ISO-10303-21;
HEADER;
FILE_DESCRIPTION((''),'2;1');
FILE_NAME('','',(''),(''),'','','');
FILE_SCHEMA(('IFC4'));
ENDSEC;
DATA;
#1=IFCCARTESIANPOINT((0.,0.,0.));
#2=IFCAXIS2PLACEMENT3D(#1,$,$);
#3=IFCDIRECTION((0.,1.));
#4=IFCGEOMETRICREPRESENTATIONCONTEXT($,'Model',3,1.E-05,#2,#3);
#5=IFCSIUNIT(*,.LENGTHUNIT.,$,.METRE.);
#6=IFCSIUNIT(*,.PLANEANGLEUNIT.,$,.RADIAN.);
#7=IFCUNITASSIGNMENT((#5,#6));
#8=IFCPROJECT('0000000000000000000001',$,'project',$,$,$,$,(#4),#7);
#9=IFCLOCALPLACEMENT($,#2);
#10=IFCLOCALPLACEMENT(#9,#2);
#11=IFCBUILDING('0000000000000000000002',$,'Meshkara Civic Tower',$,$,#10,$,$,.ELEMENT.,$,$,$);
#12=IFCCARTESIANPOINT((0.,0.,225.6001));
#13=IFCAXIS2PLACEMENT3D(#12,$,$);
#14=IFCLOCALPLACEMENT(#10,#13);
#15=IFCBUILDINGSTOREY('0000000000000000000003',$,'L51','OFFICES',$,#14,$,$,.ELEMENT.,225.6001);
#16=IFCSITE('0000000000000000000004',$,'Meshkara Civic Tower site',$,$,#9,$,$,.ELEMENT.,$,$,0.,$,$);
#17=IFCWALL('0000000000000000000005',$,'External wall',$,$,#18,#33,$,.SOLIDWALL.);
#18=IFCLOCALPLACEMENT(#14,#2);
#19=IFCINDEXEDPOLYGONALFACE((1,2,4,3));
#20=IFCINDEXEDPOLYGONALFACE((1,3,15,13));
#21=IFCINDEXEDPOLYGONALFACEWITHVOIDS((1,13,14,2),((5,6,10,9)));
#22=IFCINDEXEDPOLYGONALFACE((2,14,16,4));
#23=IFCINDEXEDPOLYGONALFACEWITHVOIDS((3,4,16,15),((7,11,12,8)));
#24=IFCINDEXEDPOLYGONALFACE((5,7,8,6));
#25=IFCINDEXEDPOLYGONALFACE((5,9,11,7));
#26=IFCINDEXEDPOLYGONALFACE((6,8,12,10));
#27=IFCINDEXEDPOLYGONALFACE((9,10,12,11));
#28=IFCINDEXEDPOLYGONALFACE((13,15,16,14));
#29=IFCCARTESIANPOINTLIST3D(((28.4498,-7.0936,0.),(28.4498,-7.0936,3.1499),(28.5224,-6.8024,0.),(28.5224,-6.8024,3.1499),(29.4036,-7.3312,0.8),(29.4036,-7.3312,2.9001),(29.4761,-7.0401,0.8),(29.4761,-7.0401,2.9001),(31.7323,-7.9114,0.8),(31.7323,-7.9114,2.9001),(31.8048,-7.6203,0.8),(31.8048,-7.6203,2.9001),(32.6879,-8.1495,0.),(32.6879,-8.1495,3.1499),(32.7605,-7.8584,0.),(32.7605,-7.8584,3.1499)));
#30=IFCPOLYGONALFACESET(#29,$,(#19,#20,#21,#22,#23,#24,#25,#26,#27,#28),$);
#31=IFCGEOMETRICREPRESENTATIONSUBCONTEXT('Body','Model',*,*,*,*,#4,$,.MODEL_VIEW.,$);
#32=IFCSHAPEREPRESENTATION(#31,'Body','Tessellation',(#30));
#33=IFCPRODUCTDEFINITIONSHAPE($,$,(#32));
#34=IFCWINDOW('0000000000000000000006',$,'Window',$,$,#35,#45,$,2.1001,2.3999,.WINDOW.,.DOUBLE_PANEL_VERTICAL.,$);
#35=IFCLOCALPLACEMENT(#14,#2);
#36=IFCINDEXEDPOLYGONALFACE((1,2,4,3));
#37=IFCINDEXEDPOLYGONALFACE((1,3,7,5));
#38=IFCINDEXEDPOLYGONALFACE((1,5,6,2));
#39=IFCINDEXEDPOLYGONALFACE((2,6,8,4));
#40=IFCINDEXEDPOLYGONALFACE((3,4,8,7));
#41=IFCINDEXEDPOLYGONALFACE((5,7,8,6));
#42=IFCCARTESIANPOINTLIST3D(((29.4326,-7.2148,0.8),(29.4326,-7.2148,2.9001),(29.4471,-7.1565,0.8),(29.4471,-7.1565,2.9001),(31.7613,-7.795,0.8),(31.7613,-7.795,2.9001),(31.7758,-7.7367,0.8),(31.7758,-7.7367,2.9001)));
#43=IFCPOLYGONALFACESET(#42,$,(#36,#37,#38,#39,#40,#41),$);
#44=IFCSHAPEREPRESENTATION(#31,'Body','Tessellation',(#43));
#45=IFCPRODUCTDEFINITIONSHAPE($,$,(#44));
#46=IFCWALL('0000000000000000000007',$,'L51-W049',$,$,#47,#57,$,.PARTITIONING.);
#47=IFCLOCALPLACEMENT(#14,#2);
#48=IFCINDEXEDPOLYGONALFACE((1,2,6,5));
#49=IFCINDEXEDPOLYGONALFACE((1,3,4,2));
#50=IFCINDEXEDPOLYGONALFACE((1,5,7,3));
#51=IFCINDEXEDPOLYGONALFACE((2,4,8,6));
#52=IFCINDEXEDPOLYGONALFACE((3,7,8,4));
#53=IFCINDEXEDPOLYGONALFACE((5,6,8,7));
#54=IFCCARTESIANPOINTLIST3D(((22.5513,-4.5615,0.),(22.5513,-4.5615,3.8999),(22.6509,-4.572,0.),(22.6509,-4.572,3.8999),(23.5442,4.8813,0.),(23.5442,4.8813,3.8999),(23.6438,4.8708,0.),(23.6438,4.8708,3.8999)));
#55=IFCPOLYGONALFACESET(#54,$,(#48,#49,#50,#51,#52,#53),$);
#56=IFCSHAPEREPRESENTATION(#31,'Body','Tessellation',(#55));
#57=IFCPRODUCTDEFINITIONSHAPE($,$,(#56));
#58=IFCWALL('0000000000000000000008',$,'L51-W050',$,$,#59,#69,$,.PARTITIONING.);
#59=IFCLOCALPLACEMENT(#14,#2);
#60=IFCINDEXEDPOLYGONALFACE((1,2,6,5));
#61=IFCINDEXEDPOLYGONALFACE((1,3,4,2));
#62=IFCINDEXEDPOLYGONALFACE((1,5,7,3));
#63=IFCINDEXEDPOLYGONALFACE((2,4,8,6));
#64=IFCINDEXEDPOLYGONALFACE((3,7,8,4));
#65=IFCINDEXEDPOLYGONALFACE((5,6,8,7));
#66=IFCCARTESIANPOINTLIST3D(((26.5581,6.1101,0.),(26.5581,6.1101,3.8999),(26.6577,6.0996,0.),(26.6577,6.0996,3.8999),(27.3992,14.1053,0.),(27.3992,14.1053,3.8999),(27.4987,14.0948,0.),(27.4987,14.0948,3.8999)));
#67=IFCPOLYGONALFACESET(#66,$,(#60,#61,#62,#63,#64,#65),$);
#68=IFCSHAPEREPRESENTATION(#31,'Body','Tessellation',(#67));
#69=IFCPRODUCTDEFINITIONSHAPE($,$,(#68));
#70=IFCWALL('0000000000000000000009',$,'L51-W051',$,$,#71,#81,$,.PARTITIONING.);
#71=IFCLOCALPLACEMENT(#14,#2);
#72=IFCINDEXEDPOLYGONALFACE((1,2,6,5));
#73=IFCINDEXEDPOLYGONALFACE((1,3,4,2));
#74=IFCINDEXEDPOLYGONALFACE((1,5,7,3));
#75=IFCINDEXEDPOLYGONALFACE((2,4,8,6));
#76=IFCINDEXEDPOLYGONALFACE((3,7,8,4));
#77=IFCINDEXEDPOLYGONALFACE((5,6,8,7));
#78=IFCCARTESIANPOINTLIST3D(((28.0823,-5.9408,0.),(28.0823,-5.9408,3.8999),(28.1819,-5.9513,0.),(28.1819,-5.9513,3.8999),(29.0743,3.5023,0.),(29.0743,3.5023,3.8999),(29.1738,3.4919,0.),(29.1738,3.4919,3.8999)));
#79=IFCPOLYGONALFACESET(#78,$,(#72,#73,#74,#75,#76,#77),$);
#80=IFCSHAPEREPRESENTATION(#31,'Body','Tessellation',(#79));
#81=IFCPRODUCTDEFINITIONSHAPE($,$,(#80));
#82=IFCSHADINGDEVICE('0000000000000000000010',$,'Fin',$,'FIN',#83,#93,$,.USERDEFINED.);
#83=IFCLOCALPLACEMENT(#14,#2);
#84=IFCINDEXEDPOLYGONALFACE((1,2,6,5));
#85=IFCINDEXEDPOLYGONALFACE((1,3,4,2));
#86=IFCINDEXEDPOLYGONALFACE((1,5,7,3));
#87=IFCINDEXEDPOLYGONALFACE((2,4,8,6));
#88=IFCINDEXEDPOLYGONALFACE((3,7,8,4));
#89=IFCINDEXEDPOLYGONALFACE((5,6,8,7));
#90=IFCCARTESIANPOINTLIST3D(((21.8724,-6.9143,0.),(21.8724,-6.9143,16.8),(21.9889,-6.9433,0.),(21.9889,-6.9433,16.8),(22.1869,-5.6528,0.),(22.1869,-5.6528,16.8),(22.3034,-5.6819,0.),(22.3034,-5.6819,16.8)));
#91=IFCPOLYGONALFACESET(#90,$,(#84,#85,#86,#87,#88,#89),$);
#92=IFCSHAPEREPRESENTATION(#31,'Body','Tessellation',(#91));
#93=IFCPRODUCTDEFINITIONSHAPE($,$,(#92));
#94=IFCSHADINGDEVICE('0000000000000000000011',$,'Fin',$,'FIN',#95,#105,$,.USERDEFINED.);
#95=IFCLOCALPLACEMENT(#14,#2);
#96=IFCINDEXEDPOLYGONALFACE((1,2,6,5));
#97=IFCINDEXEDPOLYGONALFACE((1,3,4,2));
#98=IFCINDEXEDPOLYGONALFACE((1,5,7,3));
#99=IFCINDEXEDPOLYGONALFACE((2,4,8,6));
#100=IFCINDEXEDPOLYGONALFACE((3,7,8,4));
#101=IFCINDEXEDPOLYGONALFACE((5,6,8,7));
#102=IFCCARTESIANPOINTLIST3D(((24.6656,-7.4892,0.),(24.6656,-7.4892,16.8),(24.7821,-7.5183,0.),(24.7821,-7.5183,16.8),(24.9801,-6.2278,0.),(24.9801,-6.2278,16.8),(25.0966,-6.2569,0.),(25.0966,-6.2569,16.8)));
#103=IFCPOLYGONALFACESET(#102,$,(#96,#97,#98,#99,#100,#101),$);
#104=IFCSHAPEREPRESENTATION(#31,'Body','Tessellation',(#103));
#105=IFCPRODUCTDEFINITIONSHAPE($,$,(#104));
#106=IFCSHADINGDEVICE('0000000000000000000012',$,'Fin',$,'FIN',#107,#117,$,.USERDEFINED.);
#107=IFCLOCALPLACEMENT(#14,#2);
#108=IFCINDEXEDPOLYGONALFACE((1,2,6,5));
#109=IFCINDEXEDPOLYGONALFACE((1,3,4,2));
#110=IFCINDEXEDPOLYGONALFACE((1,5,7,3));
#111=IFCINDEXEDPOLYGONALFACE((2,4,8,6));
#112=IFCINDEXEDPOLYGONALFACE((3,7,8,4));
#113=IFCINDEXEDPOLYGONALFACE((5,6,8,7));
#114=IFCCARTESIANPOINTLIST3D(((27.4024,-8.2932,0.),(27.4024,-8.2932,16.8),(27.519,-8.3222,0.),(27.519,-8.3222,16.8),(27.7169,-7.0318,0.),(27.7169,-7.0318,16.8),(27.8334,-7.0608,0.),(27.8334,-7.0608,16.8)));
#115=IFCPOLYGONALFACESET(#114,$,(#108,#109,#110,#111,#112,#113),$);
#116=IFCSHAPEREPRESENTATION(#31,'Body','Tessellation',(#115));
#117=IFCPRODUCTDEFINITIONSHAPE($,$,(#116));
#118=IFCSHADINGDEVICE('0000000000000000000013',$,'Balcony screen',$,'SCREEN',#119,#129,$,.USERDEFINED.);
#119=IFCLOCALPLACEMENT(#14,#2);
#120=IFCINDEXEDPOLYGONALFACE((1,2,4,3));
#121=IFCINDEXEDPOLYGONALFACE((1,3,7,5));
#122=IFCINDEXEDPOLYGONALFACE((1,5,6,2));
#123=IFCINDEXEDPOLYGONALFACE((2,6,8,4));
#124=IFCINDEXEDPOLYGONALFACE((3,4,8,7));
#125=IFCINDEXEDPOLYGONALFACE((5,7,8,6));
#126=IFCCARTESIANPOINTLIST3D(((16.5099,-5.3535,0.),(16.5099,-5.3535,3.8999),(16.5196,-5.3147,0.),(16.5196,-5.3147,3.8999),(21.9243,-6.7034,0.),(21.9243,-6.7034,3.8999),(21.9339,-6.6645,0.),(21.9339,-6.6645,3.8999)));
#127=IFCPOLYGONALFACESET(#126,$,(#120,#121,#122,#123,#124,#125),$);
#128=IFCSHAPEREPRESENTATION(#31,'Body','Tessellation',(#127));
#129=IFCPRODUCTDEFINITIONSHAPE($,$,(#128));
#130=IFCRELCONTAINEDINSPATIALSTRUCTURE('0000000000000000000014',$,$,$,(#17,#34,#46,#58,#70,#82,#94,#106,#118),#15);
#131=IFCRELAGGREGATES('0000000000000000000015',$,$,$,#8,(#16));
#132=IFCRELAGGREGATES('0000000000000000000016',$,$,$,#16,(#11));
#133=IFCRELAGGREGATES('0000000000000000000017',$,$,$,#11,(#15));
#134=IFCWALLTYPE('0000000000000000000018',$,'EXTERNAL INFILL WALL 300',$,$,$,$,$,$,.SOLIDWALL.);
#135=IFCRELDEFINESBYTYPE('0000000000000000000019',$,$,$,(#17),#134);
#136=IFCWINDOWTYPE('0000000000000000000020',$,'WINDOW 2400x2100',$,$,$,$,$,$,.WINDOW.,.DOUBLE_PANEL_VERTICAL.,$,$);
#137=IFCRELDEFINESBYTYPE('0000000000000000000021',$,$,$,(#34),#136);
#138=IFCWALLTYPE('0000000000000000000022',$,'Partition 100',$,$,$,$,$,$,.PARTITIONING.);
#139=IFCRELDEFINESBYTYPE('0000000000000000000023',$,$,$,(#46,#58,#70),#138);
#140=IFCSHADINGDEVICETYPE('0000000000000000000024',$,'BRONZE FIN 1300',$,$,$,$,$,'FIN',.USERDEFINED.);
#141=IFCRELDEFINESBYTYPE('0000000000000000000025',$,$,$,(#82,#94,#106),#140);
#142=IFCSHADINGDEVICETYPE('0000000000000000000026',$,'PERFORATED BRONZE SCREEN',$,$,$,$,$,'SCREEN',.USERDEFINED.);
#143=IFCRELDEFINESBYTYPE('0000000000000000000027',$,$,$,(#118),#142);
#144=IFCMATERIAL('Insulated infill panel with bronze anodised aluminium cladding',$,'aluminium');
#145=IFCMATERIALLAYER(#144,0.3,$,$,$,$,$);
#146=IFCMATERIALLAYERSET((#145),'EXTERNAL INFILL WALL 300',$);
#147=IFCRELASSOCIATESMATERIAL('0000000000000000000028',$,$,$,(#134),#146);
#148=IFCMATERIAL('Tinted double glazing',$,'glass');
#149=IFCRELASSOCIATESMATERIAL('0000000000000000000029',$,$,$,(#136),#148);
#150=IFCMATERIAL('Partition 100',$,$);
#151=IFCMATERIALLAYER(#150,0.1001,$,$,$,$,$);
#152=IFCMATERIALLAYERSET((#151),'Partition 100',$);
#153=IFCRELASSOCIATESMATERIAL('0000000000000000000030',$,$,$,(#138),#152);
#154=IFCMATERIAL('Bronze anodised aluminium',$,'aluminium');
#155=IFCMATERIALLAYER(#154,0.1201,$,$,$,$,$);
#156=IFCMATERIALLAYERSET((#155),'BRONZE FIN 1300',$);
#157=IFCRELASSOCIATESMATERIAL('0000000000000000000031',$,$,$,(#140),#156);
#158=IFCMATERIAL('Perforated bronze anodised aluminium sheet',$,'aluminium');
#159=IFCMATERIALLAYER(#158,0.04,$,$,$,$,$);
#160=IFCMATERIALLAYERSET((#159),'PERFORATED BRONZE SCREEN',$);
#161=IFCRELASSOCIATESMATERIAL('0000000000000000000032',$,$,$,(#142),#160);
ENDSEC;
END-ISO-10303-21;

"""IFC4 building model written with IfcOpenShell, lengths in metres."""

from ifc_helpers import new_model, si_unit, direction, frame, frame_2d, origin, origin_2d, place, context, subcontext, project, spatial, rectangle, extrude, material, layer, layer_set, type_object, element, fill, save


model = new_model("IFC4")

# Units and contexts
model_context = context("Model", 3, precision=1e-05, world=origin(), true_north=direction((0.0, 1.0)))
body_context = subcontext(model_context, "Body", "Model", "MODEL_VIEW")
ifc_project = project(units=[si_unit("LENGTHUNIT", "METRE"), si_unit("PLANEANGLEUNIT", "RADIAN")], contexts=[model_context])

# Site, building, storey
site_placement = place(None, origin())
site = spatial("IfcSite", under=ifc_project, at=site_placement, Name="Meshkara Civic Tower site", CompositionType="ELEMENT", RefElevation=0.0)
building_placement = place(site_placement, origin())
building = spatial("IfcBuilding", under=site, at=building_placement, Name="Meshkara Civic Tower", CompositionType="ELEMENT")
storey_placement = place(building_placement, frame((0.0, 0.0, 225.6001)))
storey = spatial("IfcBuildingStorey", under=building, at=storey_placement, Name="L51", Description="OFFICES", CompositionType="ELEMENT", Elevation=225.6001)

# Wall, opening, window
ifc_material_1 = material(Name="Insulated infill panel with bronze anodised aluminium cladding", Category="aluminium")
ifc_layer_1 = layer(ifc_material_1, 0.3)
ifc_layer_set_1 = layer_set([ifc_layer_1], Name="EXTERNAL INFILL WALL 300")
wall_type_1 = type_object("IfcWallType", Name="EXTERNAL INFILL WALL 300", PredefinedType="SOLIDWALL", material=ifc_layer_set_1)
ifc_material_2 = material(Name="Tinted double glazing", Category="glass")
window_type = type_object("IfcWindowType", Name="WINDOW 2400x2100", PartitioningType="DOUBLE_PANEL_VERTICAL", PredefinedType="WINDOW", material=ifc_material_2)
wall_1_placement = place(storey_placement, frame((28.4861, -6.948, 0.0), z_axis=(0.0, 0.0, 1.0), x_axis=(0.970336, -0.24176, 0.0)))
wall_1 = element("IfcWall", 1, at=wall_1_placement, inside=storey, type_object=wall_type_1, Name="External wall", PredefinedType="SOLIDWALL", context=body_context, shape_type="SweptSolid", body=[
    extrude(rectangle(XDim=4.3677, YDim=0.3, at=frame_2d((2.1838, 0.0))), origin(), (0.0, 0.0, 1.0), 3.1499),
])
opening_1_placement = place(wall_1_placement, frame((0.9829, 0.0, 0.8)))
opening_1 = element("IfcOpeningElement", 2, at=opening_1_placement, cuts=wall_1, PredefinedType="OPENING", context=body_context, shape_type="SweptSolid", body=[
    extrude(rectangle(XDim=2.3999, YDim=2.1001, at=frame_2d((1.2, 1.05))), frame((0.0, 0.1599, 0.0), z_axis=(0.0, -1.0, 0.0), x_axis=(1.0, 0.0, 0.0)), (0.0, 0.0, 1.0), 0.3201),
])
window_1_placement = place(opening_1_placement, origin())
window_1 = element("IfcWindow", 3, at=window_1_placement, inside=storey, type_object=window_type, Name="Window", OverallHeight=2.1001, OverallWidth=2.3999, PartitioningType="DOUBLE_PANEL_VERTICAL", PredefinedType="WINDOW", context=body_context, shape_type="SweptSolid", body=[
    extrude(rectangle(XDim=2.3999, YDim=2.1001, at=frame_2d((1.2, 1.05))), frame((0.0, 0.03, 0.0), z_axis=(0.0, -1.0, 0.0), x_axis=(1.0, 0.0, 0.0)), (0.0, 0.0, 1.0), 0.0601),
])
fill(opening_1, window_1)

# Walls
ifc_material_3 = material(Name="Partition 100")
ifc_layer_2 = layer(ifc_material_3, 0.1001)
ifc_layer_set_2 = layer_set([ifc_layer_2], Name="Partition 100")
wall_type_2 = type_object("IfcWallType", Name="Partition 100", PredefinedType="PARTITIONING", material=ifc_layer_set_2)
wall_2_placement = place(storey_placement, frame((22.6011, -4.5669, 0.0), z_axis=(0.0, 0.0, 1.0), x_axis=(0.104574, 0.994517, 0.0)))
element("IfcWall", 4, at=wall_2_placement, inside=storey, type_object=wall_type_2, Name="L51-W049", PredefinedType="PARTITIONING", context=body_context, shape_type="SweptSolid", body=[
    extrude(rectangle(XDim=9.4949, YDim=0.1001, at=frame_2d((4.7476, 0.0))), origin(), (0.0, 0.0, 1.0), 3.8999),
])
wall_3_placement = place(storey_placement, frame((26.6079, 6.105, 0.0), z_axis=(0.0, 0.0, 1.0), x_axis=(0.10462, 0.994512, 0.0)))
element("IfcWall", 5, at=wall_3_placement, inside=storey, type_object=wall_type_2, Name="L51-W050", PredefinedType="PARTITIONING", context=body_context, shape_type="SweptSolid", body=[
    extrude(rectangle(XDim=8.0393, YDim=0.1001, at=frame_2d((4.0195, 0.0))), origin(), (0.0, 0.0, 1.0), 3.8999),
])
wall_4_placement = place(storey_placement, frame((28.1321, -5.946, 0.0), z_axis=(0.0, 0.0, 1.0), x_axis=(0.104469, 0.994528, 0.0)))
element("IfcWall", 6, at=wall_4_placement, inside=storey, type_object=wall_type_2, Name="L51-W051", PredefinedType="PARTITIONING", context=body_context, shape_type="SweptSolid", body=[
    extrude(rectangle(XDim=9.4951, YDim=0.1001, at=frame_2d((4.7476, 0.0))), origin(), (0.0, 0.0, 1.0), 3.8999),
])

# Shading devices
ifc_material_4 = material(Name="Bronze anodised aluminium", Category="aluminium")
ifc_layer_3 = layer(ifc_material_4, 0.1201)
ifc_layer_set_3 = layer_set([ifc_layer_3], Name="BRONZE FIN 1300")
shading_device_type_1 = type_object("IfcShadingDeviceType", Name="BRONZE FIN 1300", ElementType="FIN", PredefinedType="USERDEFINED", material=ifc_layer_set_3)
for number, where, z_axis, x_axis, name in (
    (7, (22.0879, -6.2981, 0.0), (0.0, 0.0, 1.0), (0.9703, -0.241905, 0.0), "Fin"),
    (8, (24.8811, -6.873, 0.0), (0.0, 0.0, 1.0), (0.9703, -0.241905, 0.0), "Fin"),
    (9, (27.6179, -7.677, 0.0), (0.0, 0.0, 1.0), (0.9703, -0.241905, 0.0), "Fin"),
):
    element("IfcShadingDevice", number, at=place(storey_placement, frame(where, z_axis=z_axis, x_axis=x_axis)), inside=storey, type_object=shading_device_type_1, Name=name, ObjectType="FIN", PredefinedType="USERDEFINED", context=body_context, shape_type="SweptSolid", body=[
        extrude(rectangle(XDim=0.1201, YDim=1.3, at=origin_2d()), origin(), (0.0, 0.0, 1.0), 16.8),
    ])
ifc_material_5 = material(Name="Perforated bronze anodised aluminium sheet", Category="aluminium")
ifc_layer_4 = layer(ifc_material_5, 0.04)
ifc_layer_set_4 = layer_set([ifc_layer_4], Name="PERFORATED BRONZE SCREEN")
shading_device_type_2 = type_object("IfcShadingDeviceType", Name="PERFORATED BRONZE SCREEN", ElementType="SCREEN", PredefinedType="USERDEFINED", material=ifc_layer_set_4)
shading_device_placement = place(storey_placement, frame((19.2219, -6.009, 0.0), z_axis=(0.0, 0.0, 1.0), x_axis=(0.9703, -0.241905, 0.0)))
element("IfcShadingDevice", 10, at=shading_device_placement, inside=storey, type_object=shading_device_type_2, Name="Balcony screen", ObjectType="SCREEN", PredefinedType="USERDEFINED", context=body_context, shape_type="SweptSolid", body=[
    extrude(rectangle(XDim=5.5801, YDim=0.04, at=origin_2d()), origin(), (0.0, 0.0, 1.0), 3.8999),
])

save(model, "model.ifc")
